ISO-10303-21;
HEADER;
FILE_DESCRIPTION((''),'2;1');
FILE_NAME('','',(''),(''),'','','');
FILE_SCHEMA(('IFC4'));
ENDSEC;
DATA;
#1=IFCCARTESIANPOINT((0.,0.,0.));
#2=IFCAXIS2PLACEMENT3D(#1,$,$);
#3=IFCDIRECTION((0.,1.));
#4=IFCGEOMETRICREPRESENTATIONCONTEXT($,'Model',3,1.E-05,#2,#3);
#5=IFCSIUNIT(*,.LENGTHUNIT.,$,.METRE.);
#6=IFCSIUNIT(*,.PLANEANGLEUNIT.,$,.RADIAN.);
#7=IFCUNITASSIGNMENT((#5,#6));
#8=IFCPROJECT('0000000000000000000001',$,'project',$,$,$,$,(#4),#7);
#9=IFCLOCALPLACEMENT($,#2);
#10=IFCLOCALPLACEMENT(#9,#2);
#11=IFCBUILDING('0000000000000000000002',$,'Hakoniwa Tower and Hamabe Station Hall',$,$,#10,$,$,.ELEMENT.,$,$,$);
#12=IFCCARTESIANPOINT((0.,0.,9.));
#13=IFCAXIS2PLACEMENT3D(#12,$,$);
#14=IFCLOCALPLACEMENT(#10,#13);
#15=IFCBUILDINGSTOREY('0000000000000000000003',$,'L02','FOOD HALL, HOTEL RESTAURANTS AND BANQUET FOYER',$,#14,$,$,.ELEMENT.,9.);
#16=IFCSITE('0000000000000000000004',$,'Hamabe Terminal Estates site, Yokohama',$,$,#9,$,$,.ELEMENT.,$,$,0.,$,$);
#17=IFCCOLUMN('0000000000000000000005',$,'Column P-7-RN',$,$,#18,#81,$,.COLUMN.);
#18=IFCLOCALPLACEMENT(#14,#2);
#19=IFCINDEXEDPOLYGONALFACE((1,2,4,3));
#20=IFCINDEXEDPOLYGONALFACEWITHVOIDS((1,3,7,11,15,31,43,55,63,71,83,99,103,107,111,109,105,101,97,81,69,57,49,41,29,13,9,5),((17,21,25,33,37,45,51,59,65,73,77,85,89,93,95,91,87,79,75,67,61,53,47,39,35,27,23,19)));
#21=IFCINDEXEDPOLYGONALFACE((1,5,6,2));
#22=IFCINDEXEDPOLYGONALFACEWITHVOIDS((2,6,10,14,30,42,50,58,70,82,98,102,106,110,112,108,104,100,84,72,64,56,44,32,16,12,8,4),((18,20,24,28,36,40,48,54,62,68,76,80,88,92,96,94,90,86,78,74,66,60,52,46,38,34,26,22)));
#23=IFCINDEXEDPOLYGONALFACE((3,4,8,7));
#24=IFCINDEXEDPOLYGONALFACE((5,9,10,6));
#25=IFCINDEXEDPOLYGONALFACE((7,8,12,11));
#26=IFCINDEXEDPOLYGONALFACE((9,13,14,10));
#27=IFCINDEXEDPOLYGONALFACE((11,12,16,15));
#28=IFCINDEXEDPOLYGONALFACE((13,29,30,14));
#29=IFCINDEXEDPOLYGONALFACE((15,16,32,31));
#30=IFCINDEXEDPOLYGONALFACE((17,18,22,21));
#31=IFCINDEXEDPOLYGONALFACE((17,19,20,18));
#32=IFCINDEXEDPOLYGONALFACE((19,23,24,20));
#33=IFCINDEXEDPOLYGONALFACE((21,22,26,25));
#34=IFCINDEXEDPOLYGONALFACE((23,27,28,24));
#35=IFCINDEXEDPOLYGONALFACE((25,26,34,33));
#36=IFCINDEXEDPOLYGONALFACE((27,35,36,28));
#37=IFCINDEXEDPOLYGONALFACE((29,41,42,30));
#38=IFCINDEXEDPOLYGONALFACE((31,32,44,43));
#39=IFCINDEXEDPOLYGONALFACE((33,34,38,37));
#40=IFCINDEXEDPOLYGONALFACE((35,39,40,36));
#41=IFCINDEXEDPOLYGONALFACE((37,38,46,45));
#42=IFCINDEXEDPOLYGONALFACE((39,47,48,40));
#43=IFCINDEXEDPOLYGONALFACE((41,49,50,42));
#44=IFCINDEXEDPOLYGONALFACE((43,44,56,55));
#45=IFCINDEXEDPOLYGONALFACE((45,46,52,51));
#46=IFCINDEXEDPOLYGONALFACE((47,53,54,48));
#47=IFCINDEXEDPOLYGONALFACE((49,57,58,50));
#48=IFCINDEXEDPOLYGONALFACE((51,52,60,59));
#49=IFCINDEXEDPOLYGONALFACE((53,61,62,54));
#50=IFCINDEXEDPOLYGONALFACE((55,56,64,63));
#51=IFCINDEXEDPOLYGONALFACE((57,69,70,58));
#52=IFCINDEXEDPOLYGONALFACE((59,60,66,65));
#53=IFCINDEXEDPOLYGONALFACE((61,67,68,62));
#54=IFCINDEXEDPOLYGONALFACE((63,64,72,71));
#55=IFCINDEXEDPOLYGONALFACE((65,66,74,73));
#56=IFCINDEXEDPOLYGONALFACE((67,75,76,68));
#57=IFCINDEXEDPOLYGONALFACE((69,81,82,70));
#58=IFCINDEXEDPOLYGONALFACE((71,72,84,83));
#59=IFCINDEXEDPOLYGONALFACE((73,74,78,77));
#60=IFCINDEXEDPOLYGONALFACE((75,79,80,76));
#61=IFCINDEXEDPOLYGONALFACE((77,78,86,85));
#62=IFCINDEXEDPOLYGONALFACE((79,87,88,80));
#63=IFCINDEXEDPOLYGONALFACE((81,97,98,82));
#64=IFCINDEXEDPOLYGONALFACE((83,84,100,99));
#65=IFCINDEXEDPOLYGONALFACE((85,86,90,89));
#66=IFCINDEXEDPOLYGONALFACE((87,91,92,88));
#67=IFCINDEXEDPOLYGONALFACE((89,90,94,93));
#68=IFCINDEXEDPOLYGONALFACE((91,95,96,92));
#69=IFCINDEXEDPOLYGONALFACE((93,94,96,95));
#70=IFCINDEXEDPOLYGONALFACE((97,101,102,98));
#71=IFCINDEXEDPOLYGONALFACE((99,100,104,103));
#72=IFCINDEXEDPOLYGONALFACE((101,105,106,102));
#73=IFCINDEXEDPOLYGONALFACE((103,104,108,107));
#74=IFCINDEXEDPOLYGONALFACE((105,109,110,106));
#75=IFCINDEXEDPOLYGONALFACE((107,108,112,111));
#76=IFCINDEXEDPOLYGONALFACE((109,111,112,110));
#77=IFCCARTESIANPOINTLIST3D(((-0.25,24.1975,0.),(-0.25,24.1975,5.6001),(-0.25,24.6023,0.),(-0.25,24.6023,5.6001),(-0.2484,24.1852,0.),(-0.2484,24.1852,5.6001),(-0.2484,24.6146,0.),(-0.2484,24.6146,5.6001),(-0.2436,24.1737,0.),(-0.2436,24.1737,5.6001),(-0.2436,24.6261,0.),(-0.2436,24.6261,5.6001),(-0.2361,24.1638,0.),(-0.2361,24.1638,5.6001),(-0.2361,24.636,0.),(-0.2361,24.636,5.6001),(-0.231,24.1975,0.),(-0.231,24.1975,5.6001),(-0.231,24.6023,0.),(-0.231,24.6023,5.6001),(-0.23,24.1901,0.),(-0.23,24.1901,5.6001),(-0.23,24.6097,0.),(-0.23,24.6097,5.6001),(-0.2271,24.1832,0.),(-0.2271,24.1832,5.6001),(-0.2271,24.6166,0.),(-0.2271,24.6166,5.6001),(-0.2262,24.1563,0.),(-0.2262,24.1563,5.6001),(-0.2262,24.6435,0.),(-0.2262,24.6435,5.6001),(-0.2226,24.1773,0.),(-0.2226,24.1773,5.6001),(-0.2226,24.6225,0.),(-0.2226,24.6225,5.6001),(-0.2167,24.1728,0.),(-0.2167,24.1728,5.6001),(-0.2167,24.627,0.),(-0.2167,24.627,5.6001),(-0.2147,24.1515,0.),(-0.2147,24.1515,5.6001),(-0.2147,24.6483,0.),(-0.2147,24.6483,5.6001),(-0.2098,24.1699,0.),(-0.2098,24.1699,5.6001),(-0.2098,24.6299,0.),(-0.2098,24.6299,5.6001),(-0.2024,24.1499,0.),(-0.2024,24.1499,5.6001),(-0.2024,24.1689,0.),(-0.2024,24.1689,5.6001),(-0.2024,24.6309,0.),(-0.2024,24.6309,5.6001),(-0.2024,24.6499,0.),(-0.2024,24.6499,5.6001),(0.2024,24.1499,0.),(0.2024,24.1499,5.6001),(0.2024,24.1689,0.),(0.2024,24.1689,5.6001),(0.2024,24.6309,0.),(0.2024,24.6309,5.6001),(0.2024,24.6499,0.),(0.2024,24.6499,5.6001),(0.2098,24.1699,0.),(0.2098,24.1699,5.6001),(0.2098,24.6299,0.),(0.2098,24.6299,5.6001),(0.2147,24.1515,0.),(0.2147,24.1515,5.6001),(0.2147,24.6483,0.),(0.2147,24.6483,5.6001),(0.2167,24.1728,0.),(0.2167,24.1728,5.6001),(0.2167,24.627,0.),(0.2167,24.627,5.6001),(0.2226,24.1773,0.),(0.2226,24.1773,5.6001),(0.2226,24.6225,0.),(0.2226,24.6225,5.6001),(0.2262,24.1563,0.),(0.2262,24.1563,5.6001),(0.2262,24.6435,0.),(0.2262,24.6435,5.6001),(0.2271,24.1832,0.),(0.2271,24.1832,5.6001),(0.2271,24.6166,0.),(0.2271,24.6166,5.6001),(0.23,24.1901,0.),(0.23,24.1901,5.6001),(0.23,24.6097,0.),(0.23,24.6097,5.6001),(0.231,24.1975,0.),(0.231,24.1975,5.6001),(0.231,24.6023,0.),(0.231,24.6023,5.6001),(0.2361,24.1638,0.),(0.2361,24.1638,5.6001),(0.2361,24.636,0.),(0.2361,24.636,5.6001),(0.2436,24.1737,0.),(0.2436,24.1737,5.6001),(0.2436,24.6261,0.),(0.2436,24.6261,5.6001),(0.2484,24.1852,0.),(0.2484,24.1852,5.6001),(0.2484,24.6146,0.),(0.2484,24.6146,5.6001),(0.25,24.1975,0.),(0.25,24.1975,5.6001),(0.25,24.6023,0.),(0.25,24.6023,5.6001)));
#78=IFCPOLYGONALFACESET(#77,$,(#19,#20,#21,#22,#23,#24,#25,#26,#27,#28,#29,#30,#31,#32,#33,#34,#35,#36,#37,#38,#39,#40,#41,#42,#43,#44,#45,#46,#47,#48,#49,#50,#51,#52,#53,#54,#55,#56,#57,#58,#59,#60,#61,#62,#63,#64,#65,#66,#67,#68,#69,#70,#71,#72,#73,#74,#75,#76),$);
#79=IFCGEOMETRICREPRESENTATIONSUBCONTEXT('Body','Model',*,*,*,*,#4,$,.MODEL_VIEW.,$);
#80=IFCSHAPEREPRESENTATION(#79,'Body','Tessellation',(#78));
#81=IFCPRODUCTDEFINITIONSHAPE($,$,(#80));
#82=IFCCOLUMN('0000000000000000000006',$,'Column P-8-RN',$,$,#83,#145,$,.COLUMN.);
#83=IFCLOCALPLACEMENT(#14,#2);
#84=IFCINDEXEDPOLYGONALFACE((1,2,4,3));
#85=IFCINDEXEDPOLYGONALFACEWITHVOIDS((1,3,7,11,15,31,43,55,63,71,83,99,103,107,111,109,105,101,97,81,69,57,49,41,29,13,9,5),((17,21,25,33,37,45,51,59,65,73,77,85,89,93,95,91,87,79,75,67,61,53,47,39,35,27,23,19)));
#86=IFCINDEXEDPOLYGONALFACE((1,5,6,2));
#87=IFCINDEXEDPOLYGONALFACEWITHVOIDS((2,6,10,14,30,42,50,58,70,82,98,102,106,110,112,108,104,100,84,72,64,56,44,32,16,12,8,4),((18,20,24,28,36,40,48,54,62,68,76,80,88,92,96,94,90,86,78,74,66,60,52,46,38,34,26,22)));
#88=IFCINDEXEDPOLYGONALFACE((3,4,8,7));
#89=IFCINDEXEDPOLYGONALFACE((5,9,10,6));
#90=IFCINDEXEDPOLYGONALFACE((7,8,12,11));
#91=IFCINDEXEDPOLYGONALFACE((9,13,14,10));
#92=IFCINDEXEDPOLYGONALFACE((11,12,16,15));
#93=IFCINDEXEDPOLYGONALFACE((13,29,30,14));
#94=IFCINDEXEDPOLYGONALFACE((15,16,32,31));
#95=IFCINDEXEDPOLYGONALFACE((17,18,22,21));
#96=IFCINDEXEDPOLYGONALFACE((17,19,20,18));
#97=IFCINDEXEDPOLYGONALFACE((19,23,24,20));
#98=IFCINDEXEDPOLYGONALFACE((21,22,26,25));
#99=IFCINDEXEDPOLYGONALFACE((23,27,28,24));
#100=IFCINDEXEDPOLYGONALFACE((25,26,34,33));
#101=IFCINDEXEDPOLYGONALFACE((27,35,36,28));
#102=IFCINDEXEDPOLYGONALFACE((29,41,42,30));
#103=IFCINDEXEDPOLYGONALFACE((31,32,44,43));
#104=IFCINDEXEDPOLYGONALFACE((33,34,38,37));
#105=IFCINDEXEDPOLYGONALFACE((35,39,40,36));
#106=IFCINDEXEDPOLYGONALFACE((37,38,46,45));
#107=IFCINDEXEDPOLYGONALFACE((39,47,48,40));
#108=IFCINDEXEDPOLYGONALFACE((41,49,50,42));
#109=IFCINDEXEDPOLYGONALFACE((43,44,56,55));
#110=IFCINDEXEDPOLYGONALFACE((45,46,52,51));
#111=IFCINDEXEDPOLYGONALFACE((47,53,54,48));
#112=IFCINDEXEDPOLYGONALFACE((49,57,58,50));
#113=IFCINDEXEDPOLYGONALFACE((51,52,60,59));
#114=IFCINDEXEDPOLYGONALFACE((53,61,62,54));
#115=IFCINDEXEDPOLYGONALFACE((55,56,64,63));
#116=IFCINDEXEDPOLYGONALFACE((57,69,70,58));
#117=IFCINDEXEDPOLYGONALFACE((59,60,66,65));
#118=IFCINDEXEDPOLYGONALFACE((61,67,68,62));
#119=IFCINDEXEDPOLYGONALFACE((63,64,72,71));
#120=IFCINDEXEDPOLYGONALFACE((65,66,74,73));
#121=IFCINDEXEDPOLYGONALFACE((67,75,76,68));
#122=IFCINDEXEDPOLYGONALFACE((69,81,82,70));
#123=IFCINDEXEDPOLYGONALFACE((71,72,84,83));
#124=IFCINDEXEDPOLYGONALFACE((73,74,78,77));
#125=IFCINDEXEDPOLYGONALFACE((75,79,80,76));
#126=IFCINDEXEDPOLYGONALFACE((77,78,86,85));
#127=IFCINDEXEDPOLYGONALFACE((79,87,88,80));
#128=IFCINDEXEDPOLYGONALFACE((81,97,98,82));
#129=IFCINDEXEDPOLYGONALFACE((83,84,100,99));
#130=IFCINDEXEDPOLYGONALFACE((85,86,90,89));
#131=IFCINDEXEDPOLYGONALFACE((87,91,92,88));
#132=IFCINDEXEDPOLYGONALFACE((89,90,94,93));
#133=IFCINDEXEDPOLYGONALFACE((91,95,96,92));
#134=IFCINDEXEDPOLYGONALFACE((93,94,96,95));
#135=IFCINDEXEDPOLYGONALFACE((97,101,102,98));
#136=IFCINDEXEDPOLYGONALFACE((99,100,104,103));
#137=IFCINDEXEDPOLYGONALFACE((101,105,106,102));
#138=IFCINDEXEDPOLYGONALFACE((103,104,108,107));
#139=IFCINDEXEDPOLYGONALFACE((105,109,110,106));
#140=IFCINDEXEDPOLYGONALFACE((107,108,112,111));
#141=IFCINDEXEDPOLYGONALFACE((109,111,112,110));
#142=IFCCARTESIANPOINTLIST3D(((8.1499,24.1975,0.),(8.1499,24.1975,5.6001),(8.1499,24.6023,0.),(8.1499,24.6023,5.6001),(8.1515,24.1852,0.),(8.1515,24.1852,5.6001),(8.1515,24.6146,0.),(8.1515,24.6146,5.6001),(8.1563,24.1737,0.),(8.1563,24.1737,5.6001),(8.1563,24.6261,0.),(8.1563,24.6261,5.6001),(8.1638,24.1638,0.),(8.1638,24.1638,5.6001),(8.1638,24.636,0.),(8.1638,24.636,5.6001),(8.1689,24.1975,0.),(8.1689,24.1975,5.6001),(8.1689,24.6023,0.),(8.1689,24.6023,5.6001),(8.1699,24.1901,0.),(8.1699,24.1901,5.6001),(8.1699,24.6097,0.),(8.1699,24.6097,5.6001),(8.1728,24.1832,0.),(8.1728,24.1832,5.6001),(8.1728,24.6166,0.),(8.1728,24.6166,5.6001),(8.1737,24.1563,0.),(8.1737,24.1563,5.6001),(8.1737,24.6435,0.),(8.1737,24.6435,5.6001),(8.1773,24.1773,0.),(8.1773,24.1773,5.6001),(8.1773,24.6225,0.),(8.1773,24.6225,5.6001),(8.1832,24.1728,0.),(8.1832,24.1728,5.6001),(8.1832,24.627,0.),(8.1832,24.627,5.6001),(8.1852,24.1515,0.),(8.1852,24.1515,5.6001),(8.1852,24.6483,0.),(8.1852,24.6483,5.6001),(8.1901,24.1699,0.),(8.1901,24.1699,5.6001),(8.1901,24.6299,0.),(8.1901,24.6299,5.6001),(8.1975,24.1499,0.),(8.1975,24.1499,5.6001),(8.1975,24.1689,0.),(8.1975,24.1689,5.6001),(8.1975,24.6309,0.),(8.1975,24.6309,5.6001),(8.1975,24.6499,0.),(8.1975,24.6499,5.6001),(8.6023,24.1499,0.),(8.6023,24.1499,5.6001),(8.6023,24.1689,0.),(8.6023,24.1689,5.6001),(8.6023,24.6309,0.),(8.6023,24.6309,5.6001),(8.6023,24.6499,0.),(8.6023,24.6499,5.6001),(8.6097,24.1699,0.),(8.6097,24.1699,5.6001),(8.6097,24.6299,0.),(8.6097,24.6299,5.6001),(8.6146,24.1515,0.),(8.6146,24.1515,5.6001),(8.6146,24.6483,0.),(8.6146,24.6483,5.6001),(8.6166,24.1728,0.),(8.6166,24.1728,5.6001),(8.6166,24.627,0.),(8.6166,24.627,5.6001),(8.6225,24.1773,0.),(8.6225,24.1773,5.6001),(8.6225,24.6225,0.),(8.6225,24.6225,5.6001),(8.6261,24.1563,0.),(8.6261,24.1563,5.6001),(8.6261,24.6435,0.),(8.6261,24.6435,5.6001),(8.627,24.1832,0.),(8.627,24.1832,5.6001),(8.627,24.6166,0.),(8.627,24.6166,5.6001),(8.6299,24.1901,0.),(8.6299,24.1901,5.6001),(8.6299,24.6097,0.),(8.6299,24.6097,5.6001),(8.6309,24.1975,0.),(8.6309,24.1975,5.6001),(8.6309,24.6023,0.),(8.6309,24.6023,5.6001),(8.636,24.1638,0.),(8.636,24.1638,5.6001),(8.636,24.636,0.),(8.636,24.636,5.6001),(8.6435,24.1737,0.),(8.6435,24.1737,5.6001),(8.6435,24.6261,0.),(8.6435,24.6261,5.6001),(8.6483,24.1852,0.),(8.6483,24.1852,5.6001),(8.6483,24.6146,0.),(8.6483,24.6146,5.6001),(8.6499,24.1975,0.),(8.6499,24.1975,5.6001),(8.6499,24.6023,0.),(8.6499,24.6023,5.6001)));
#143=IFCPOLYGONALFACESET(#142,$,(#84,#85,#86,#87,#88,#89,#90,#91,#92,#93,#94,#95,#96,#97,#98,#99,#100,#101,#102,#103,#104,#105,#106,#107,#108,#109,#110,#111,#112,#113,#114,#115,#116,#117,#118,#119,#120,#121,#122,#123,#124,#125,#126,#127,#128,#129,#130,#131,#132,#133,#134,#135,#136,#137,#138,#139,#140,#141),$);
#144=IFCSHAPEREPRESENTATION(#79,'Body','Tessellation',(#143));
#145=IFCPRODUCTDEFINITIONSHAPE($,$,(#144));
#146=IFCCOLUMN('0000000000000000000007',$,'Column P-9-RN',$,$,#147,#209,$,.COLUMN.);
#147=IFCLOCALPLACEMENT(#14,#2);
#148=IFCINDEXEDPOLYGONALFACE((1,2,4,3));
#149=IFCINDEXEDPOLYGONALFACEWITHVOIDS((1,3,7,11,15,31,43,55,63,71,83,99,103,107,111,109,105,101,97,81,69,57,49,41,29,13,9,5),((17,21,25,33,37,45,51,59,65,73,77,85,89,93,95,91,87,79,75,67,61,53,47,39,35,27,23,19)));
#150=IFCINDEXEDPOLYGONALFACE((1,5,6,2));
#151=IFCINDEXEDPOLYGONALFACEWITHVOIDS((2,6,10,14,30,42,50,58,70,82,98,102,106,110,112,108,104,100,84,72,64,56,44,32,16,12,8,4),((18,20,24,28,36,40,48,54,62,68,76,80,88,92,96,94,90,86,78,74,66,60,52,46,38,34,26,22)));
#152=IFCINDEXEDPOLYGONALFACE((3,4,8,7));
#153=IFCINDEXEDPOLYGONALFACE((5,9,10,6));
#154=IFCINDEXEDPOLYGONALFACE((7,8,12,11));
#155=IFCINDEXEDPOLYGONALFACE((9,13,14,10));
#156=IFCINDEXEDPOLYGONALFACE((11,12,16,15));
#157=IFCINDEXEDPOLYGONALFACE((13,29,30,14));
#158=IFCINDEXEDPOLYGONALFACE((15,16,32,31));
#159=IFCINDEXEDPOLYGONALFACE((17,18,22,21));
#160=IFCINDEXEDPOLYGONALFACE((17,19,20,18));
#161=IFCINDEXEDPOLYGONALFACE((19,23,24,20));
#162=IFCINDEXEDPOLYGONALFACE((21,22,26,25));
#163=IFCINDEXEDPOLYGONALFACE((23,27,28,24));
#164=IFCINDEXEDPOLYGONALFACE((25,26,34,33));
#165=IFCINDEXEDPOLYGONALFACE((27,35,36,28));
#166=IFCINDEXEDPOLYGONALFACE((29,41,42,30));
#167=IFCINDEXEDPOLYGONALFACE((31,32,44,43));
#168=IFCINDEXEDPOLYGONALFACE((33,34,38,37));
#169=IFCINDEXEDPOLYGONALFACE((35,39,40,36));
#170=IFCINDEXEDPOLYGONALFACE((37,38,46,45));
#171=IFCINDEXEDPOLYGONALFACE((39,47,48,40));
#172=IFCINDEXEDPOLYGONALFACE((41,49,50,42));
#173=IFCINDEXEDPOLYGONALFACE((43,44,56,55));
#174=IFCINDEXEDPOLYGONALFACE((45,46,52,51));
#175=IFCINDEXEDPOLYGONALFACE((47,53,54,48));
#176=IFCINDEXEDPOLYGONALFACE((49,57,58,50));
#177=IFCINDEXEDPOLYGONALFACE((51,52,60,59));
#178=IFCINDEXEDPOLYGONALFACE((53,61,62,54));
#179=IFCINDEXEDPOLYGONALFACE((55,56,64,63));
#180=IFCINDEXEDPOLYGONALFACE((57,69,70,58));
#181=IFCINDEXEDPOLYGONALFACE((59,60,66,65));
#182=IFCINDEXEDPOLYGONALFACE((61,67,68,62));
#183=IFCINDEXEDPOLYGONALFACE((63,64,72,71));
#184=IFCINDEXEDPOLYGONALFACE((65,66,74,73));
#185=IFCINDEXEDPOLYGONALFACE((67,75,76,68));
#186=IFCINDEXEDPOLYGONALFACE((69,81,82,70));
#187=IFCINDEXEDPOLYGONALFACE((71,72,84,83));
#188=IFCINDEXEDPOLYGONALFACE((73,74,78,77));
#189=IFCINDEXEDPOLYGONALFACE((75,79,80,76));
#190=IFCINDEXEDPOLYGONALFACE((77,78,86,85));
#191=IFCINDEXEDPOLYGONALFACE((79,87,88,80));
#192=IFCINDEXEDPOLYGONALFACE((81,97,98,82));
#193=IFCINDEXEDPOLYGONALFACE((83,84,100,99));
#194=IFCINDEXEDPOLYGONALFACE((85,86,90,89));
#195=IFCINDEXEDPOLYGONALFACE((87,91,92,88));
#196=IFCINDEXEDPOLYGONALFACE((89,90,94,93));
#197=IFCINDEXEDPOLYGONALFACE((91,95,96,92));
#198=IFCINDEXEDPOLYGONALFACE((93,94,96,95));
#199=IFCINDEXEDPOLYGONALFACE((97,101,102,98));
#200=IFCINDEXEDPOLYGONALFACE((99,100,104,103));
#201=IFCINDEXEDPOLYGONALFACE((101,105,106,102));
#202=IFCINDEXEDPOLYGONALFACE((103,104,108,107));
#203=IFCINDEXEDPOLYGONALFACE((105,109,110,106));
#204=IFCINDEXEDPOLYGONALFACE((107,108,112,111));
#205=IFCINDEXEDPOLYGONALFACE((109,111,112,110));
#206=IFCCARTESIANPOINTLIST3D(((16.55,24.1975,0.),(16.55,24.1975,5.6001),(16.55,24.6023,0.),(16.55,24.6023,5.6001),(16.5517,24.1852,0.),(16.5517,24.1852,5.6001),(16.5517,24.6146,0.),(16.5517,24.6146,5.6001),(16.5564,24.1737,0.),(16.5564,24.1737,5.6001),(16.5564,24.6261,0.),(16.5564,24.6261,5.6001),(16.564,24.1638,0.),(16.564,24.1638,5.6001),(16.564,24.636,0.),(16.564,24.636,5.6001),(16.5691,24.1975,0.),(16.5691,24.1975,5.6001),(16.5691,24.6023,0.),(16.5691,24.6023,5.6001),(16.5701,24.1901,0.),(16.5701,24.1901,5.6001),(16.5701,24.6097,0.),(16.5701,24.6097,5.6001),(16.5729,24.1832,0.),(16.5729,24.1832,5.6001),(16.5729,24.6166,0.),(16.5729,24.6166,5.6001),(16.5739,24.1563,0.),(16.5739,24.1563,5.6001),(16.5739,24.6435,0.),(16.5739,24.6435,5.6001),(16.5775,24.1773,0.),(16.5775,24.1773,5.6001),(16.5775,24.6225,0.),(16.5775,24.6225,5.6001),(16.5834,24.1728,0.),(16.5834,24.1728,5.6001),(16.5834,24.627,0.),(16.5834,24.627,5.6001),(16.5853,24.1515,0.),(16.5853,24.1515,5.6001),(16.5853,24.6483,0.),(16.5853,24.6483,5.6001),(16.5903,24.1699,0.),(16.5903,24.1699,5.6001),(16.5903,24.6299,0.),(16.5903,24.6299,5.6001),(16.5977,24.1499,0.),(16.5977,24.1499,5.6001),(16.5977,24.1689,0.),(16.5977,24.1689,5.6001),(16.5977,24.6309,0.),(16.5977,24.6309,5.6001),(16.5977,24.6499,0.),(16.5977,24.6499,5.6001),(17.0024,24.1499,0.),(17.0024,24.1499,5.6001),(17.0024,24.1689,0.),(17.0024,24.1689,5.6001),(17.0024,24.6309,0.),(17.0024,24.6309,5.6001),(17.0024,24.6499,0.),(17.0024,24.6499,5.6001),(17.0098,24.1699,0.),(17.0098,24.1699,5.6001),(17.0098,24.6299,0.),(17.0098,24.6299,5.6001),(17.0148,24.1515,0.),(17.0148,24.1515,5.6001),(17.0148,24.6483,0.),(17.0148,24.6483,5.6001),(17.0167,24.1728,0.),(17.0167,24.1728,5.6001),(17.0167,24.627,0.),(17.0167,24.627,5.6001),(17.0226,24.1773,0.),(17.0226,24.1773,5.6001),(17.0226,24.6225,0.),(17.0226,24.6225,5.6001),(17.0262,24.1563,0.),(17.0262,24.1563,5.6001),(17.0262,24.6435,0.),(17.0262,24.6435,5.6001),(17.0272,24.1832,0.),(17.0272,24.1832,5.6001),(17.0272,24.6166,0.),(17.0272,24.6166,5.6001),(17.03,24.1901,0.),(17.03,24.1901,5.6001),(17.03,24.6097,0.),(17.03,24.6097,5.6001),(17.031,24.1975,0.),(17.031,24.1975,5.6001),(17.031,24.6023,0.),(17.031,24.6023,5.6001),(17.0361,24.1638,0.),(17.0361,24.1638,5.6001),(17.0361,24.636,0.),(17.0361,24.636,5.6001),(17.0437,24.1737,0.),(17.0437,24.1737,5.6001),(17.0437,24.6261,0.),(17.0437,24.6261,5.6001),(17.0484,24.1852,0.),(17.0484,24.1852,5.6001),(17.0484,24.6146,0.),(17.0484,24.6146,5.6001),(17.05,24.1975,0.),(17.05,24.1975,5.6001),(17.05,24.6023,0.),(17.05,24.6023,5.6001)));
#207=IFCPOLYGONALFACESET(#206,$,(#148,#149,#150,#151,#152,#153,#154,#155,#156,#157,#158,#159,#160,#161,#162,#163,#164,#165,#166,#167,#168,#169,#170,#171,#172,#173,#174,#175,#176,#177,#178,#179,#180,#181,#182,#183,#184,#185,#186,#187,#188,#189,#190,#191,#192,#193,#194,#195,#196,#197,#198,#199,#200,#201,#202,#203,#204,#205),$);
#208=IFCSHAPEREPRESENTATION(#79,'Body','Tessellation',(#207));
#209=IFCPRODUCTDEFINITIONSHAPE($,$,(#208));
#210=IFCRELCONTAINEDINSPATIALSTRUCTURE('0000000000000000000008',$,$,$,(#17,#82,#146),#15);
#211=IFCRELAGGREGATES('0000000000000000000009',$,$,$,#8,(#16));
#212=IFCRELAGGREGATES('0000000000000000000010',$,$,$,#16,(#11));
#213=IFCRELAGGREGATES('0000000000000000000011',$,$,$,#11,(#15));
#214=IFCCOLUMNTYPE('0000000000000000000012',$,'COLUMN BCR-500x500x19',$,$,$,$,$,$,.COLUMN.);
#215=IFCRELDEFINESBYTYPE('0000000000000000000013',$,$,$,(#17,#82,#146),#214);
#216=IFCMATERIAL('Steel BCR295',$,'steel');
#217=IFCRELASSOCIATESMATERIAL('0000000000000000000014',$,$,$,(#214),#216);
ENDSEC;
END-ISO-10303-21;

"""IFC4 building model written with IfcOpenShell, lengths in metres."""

from ifc_helpers import new_model, si_unit, direction, frame, origin, origin_2d, place, context, subcontext, project, spatial, hollow_rectangle, extrude, material, material_profile, profile_set, type_object, element, save


model = new_model("IFC4")

# Units and contexts
model_context = context("Model", 3, precision=1e-05, world=origin(), true_north=direction((0.0, 1.0)))
body_context = subcontext(model_context, "Body", "Model", "MODEL_VIEW")
ifc_project = project(units=[si_unit("LENGTHUNIT", "METRE"), si_unit("PLANEANGLEUNIT", "RADIAN")], contexts=[model_context])

# Site, building, storey
site_placement = place(None, origin())
site = spatial("IfcSite", under=ifc_project, at=site_placement, Name="Hamabe Terminal Estates site, Yokohama", CompositionType="ELEMENT", RefElevation=0.0)
building_placement = place(site_placement, origin())
building = spatial("IfcBuilding", under=site, at=building_placement, Name="Hakoniwa Tower and Hamabe Station Hall", CompositionType="ELEMENT")
storey_placement = place(building_placement, frame((0.0, 0.0, 9.0)))
storey = spatial("IfcBuildingStorey", under=building, at=storey_placement, Name="L02", Description="FOOD HALL, HOTEL RESTAURANTS AND BANQUET FOYER", CompositionType="ELEMENT", Elevation=9.0)

# Columns
ifc_material_1 = material(Name="Steel BCR295", Category="steel")
ifc_material_profile_1 = material_profile(ifc_material_1, hollow_rectangle(XDim=0.5, YDim=0.5, WallThickness=0.019, InnerFilletRadius=0.0286, OuterFilletRadius=0.0476, at=origin_2d()), Name="BCR-500x500x19")
ifc_profile_set_1 = profile_set([ifc_material_profile_1], Name="Steel BCR295")
column_type_1 = type_object("IfcColumnType", Name="COLUMN BCR-500x500x19", PredefinedType="COLUMN", material=ifc_profile_set_1)
for number, where, z_axis, x_axis, name in (
    (1, (0.0, 24.3999, 0.0), (0.0, 0.0, 1.0), (1.0, 0.0, 0.0), "Column P-7-RN"),
    (2, (8.3999, 24.3999, 0.0), (0.0, 0.0, 1.0), (1.0, 0.0, 0.0), "Column P-8-RN"),
    (3, (16.8, 24.3999, 0.0), (0.0, 0.0, 1.0), (1.0, 0.0, 0.0), "Column P-9-RN"),
):
    element("IfcColumn", number, at=place(storey_placement, frame(where, z_axis=z_axis, x_axis=x_axis)), inside=storey, type_object=column_type_1, Name=name, PredefinedType="COLUMN", context=body_context, shape_type="SweptSolid", body=[
        extrude(hollow_rectangle(XDim=0.5, YDim=0.5, WallThickness=0.019, InnerFilletRadius=0.0286, OuterFilletRadius=0.0476, at=origin_2d()), origin(), (0.0, 0.0, 1.0), 5.6001),
    ])

save(model, "model.ifc")
